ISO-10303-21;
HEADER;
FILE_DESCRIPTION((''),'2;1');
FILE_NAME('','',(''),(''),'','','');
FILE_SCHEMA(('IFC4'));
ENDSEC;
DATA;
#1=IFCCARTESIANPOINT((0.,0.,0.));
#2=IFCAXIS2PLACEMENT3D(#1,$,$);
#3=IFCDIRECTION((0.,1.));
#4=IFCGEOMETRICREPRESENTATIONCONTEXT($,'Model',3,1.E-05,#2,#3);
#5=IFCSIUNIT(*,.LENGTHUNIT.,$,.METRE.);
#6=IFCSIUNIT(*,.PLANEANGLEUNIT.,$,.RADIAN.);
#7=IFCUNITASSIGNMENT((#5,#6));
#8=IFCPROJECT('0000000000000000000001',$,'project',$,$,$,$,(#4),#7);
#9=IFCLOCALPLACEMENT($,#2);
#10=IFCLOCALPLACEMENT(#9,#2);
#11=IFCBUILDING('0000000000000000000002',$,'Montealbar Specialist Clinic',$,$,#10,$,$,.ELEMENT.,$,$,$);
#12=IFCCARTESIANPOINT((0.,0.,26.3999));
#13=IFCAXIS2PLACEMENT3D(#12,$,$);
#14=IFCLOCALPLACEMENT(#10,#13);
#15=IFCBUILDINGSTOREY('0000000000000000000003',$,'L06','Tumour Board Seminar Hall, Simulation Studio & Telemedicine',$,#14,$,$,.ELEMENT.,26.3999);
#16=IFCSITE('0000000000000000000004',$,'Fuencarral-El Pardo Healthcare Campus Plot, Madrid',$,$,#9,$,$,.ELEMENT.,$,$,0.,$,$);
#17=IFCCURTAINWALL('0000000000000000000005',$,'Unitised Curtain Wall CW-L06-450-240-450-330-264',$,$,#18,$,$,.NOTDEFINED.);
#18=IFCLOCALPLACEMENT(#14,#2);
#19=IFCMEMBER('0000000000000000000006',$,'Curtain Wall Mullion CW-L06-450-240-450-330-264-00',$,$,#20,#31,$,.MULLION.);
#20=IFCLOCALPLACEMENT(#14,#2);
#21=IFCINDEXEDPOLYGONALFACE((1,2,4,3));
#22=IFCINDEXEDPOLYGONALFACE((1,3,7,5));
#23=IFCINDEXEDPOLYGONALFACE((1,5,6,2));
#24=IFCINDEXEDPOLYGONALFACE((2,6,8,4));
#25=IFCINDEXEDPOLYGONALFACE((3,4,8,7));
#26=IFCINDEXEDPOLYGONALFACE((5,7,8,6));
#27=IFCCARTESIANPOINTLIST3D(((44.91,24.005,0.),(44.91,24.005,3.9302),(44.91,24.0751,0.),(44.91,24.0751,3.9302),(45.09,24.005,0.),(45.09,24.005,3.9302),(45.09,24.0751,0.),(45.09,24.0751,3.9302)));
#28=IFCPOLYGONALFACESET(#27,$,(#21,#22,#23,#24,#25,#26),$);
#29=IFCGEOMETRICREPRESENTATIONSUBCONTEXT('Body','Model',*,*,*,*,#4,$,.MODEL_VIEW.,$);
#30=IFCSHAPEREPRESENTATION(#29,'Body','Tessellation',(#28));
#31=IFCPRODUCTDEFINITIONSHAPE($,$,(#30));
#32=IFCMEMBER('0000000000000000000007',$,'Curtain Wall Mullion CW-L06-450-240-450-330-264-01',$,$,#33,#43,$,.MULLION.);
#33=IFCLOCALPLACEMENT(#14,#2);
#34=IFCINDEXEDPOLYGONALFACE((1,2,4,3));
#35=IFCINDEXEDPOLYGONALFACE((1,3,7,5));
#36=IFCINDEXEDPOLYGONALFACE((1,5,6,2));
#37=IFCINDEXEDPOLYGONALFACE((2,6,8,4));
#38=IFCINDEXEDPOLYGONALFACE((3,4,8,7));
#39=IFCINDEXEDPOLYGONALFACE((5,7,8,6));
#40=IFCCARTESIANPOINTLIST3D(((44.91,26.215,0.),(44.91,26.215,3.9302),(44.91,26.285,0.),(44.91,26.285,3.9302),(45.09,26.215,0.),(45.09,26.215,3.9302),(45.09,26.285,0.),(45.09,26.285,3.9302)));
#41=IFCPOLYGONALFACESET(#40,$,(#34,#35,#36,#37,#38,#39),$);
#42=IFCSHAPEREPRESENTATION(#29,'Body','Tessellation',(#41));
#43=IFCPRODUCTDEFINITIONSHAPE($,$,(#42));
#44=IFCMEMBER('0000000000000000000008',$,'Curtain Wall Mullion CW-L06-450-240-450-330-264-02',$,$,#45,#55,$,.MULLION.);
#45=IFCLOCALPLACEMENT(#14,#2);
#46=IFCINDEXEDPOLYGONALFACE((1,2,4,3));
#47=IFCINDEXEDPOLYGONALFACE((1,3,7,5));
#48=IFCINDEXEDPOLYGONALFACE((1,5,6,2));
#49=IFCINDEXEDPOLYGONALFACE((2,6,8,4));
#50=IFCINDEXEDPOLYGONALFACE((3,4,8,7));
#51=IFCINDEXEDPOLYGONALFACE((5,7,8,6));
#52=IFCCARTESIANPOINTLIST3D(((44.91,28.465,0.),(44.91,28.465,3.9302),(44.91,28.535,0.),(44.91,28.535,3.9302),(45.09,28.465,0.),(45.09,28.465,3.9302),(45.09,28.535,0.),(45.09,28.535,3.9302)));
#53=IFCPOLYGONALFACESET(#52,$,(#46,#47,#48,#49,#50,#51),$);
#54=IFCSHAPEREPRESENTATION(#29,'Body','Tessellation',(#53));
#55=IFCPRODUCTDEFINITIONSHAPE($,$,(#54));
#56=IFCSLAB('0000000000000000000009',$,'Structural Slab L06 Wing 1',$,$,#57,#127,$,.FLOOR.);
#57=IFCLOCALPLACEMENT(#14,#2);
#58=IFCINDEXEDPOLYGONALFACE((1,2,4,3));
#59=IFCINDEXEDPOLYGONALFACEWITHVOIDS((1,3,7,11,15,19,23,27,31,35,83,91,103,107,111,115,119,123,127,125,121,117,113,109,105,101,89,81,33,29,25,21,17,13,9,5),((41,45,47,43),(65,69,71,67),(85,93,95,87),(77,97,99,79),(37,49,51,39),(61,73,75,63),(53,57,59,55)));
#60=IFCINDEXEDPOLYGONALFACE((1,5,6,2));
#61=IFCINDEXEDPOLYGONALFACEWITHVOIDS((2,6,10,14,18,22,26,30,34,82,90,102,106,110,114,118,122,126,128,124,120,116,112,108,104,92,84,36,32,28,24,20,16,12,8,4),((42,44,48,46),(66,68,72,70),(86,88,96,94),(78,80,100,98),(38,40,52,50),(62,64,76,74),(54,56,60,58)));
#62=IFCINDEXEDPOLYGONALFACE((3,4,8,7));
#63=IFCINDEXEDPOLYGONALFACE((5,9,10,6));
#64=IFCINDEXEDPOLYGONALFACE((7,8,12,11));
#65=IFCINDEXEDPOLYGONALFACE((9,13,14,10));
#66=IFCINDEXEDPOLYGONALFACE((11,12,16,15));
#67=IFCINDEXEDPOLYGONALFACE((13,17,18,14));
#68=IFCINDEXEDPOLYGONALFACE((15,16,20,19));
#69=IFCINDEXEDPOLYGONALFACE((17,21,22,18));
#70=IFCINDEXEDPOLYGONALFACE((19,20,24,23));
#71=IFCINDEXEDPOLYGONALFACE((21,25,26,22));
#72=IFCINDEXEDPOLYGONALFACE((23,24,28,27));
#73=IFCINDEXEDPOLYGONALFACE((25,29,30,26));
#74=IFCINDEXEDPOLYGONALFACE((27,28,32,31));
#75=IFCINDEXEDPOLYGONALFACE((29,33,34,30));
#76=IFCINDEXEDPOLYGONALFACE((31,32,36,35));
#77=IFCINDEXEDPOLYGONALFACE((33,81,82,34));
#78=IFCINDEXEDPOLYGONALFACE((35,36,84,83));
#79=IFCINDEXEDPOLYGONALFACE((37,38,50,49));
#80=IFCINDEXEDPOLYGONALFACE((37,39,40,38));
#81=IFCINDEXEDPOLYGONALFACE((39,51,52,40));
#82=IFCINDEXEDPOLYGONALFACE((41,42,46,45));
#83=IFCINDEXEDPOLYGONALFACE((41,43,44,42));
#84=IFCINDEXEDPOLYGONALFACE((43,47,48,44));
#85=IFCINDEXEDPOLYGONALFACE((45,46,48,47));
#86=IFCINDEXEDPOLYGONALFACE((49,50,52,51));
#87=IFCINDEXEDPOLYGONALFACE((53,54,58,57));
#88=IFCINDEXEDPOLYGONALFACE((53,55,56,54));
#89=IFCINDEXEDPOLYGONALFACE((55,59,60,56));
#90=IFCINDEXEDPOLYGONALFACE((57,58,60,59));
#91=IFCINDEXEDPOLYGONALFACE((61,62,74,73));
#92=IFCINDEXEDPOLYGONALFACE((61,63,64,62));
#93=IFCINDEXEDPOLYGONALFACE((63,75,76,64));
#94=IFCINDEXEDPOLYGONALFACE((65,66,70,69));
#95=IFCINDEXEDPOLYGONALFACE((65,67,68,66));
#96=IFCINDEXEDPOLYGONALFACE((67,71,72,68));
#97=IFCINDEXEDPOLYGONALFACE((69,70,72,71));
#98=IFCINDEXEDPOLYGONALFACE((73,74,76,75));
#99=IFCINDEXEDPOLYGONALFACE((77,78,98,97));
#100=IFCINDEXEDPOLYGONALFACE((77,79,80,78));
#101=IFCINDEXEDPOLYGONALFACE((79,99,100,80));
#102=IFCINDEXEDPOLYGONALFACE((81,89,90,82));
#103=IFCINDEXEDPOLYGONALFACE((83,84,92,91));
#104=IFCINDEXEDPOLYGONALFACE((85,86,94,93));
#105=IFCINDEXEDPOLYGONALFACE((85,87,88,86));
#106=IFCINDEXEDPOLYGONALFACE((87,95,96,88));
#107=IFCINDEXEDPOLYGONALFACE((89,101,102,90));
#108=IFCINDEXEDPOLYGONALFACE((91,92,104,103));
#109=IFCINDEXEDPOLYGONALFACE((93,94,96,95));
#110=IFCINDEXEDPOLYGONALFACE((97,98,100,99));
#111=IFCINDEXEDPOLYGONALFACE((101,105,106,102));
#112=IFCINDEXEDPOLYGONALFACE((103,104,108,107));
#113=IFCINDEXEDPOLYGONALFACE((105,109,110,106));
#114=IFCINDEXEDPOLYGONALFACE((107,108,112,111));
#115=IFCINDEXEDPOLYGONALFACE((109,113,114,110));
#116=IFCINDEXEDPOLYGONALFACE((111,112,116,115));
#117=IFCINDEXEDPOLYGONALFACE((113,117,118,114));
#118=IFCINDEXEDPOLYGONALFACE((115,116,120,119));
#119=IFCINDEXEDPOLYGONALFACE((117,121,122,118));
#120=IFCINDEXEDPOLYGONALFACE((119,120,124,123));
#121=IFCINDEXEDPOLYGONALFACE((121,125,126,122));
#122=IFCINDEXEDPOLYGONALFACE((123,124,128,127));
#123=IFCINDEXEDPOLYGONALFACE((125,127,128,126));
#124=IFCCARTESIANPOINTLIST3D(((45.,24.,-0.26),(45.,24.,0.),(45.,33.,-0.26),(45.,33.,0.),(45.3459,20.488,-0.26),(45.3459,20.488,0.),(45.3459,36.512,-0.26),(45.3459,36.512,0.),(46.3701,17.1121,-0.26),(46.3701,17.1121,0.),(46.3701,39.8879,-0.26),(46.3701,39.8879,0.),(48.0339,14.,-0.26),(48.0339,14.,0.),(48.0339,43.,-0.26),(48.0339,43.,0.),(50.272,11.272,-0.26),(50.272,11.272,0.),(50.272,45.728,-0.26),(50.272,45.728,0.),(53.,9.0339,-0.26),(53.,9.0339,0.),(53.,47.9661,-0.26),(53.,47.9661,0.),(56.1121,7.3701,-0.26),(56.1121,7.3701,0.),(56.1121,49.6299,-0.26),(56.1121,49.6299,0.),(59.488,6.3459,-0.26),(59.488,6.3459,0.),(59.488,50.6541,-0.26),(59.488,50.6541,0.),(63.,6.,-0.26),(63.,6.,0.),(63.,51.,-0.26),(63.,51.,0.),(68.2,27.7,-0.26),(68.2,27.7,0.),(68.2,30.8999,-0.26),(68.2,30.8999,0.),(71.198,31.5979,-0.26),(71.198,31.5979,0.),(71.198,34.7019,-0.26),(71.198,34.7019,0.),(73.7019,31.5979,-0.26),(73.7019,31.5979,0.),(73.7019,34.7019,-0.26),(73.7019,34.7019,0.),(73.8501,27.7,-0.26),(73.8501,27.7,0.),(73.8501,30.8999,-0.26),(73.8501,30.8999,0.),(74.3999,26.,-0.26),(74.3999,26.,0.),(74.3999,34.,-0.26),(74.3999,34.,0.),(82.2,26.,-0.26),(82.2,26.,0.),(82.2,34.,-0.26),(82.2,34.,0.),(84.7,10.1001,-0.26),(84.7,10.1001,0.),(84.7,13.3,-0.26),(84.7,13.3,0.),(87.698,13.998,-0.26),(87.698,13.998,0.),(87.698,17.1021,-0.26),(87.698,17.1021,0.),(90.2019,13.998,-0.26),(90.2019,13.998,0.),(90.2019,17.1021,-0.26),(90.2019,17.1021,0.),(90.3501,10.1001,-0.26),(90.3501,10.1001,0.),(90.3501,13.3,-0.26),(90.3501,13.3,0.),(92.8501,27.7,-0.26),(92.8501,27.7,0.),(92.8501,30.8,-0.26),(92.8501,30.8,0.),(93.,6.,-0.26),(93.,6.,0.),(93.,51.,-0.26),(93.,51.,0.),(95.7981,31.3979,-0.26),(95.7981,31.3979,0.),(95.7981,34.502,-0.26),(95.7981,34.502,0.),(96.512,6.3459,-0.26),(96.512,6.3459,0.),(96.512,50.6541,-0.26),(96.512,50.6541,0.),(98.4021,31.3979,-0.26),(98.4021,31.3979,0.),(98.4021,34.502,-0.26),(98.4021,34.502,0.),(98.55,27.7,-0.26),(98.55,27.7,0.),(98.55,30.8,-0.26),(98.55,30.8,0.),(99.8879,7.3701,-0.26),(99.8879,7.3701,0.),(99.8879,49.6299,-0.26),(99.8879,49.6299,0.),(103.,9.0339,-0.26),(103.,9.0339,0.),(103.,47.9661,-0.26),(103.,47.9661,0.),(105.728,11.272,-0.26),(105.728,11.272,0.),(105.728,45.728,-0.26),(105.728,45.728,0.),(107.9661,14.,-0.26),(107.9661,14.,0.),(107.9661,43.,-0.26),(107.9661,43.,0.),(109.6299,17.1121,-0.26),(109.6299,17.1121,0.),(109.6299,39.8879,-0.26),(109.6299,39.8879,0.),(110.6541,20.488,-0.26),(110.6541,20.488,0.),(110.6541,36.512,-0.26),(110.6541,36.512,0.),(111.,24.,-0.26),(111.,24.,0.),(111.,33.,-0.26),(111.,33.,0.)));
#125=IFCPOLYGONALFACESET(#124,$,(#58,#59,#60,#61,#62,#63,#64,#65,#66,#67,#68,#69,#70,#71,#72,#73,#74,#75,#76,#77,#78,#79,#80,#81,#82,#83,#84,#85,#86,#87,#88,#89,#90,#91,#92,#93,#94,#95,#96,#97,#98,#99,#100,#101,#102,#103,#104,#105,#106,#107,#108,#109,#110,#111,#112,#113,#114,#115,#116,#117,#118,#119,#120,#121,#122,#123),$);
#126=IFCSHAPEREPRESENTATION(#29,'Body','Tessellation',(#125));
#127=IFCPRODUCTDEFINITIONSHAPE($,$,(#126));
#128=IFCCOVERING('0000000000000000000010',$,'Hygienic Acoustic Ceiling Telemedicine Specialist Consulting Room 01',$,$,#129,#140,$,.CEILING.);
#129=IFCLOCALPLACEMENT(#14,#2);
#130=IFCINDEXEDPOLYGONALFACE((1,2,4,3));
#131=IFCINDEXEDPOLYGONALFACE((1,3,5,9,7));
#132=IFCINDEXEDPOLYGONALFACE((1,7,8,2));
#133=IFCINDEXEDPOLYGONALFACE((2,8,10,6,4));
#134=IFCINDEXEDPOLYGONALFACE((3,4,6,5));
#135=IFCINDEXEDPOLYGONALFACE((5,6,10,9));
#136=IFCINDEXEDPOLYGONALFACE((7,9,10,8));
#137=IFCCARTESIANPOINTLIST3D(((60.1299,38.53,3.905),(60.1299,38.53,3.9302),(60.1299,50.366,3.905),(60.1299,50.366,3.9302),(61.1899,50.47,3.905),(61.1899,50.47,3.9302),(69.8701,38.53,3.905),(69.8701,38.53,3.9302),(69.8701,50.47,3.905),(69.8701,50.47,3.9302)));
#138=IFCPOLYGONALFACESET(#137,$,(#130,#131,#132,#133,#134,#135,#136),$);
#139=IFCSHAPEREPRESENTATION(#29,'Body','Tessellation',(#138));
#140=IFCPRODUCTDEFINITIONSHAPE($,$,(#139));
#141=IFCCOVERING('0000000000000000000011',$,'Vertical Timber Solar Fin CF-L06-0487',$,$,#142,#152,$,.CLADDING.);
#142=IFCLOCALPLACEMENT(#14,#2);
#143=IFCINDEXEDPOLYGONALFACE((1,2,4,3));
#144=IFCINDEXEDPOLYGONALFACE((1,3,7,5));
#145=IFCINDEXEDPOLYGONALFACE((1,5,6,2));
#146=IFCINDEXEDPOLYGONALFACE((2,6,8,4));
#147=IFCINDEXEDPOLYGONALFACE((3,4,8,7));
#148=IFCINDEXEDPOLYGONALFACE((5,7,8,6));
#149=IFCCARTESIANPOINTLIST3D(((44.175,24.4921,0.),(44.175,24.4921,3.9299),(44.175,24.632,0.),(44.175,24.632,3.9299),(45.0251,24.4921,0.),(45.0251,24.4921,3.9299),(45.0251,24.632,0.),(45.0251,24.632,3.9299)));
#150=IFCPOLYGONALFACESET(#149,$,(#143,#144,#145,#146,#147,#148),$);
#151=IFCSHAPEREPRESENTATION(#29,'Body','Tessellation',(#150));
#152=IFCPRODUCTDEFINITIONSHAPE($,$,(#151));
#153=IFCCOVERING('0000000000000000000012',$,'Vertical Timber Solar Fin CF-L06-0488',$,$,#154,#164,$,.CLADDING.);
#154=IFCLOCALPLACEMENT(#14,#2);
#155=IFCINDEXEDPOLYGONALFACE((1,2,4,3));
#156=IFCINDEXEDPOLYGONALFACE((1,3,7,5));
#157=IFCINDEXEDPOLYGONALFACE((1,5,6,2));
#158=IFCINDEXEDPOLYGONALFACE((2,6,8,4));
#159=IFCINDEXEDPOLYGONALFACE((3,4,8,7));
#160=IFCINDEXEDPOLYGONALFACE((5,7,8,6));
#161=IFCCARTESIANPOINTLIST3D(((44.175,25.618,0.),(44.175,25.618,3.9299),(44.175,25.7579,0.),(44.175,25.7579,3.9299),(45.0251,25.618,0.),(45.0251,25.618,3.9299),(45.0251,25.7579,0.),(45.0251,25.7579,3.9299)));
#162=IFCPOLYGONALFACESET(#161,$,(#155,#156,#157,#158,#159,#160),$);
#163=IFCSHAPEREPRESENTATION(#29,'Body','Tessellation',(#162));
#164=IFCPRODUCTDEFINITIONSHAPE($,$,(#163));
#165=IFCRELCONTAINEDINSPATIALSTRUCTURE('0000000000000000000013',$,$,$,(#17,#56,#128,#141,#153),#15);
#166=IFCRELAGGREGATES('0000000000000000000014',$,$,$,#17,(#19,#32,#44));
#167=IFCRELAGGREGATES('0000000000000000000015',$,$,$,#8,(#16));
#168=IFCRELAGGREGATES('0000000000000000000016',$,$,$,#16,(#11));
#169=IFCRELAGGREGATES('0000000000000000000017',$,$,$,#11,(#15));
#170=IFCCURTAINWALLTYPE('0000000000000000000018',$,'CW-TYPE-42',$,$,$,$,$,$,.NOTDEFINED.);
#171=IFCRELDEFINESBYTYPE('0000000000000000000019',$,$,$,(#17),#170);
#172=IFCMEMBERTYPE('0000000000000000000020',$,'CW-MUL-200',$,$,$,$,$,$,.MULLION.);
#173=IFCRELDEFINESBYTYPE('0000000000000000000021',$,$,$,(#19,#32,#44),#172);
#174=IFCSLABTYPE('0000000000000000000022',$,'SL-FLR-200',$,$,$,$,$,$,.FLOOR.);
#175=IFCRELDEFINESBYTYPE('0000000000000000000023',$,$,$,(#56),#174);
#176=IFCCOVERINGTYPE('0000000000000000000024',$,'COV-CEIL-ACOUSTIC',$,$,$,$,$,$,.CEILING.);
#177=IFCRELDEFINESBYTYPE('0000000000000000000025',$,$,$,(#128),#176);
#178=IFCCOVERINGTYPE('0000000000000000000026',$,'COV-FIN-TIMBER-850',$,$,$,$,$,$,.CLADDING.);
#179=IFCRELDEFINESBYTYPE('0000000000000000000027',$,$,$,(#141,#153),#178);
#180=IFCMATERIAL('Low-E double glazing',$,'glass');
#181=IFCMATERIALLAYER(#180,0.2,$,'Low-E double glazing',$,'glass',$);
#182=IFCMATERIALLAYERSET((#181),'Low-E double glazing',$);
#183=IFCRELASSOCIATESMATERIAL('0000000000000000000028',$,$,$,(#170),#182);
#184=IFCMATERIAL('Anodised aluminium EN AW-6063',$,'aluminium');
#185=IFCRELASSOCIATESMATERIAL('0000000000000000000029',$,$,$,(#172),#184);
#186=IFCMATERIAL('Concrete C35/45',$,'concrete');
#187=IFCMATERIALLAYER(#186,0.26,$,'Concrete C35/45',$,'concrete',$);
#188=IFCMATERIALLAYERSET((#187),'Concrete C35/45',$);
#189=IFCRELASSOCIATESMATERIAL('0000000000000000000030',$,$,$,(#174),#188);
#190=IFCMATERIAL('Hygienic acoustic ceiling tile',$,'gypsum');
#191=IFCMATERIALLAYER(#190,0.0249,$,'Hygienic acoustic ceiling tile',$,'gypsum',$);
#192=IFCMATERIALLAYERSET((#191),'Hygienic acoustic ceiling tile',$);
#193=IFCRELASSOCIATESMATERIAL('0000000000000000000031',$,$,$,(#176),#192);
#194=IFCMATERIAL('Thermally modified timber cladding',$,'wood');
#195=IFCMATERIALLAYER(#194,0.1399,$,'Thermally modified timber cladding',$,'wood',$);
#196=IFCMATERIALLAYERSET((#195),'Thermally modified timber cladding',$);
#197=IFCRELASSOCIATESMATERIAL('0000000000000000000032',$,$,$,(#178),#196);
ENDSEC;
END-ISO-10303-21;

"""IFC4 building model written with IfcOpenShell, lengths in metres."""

from ifc_helpers import new_model, si_unit, direction, frame, origin, origin_2d, place, context, subcontext, project, spatial, polyline, rectangle, outline, extrude, material, layer, layer_set, material_profile, profile_set, type_object, element, aggregate, save


model = new_model("IFC4")

# Units and contexts
model_context = context("Model", 3, precision=1e-05, world=origin(), true_north=direction((0.0, 1.0)))
body_context = subcontext(model_context, "Body", "Model", "MODEL_VIEW")
ifc_project = project(units=[si_unit("LENGTHUNIT", "METRE"), si_unit("PLANEANGLEUNIT", "RADIAN")], contexts=[model_context])

# Site, building, storey
site_placement = place(None, origin())
site = spatial("IfcSite", under=ifc_project, at=site_placement, Name="Fuencarral-El Pardo Healthcare Campus Plot, Madrid", CompositionType="ELEMENT", RefElevation=0.0)
building_placement = place(site_placement, origin())
building = spatial("IfcBuilding", under=site, at=building_placement, Name="Montealbar Specialist Clinic", CompositionType="ELEMENT")
storey_placement = place(building_placement, frame((0.0, 0.0, 26.3999)))
storey = spatial("IfcBuildingStorey", under=building, at=storey_placement, Name="L06", Description="Tumour Board Seminar Hall, Simulation Studio & Telemedicine", CompositionType="ELEMENT", Elevation=26.3999)

# Curtain wall, members
ifc_material_1 = material(Name="Low-E double glazing", Category="glass")
ifc_layer_1 = layer(ifc_material_1, 0.2, Name="Low-E double glazing", Category="glass")
ifc_layer_set_1 = layer_set([ifc_layer_1], Name="Low-E double glazing")
curtain_wall_type = type_object("IfcCurtainWallType", Name="CW-TYPE-42", PredefinedType="NOTDEFINED", material=ifc_layer_set_1)
curtain_wall_placement = place(storey_placement, origin())
curtain_wall = element("IfcCurtainWall", 1, at=curtain_wall_placement, inside=storey, type_object=curtain_wall_type, Name="Unitised Curtain Wall CW-L06-450-240-450-330-264", PredefinedType="NOTDEFINED")
ifc_material_2 = material(Name="Anodised aluminium EN AW-6063", Category="aluminium")
ifc_material_profile = material_profile(ifc_material_2, rectangle(XDim=0.0701, YDim=0.1799, at=origin_2d()), Name="ALU 70x180", Category="aluminium")
ifc_profile_set = profile_set([ifc_material_profile], Name="Anodised aluminium EN AW-6063")
member_type = type_object("IfcMemberType", Name="CW-MUL-200", PredefinedType="MULLION", material=ifc_profile_set)
member_1_placement = place(storey_placement, frame((45.0, 24.04, 0.0), z_axis=(0.0, 0.0, 1.0), x_axis=(0.0, 1.0, 0.0)))
member_1 = element("IfcMember", 2, at=member_1_placement, type_object=member_type, Name="Curtain Wall Mullion CW-L06-450-240-450-330-264-00", PredefinedType="MULLION", context=body_context, shape_type="SweptSolid", body=[
    extrude(rectangle(XDim=0.0701, YDim=0.1799, at=origin_2d()), origin(), (0.0, 0.0, 1.0), 3.9302),
])
member_2_placement = place(storey_placement, frame((45.0, 26.25, 0.0), z_axis=(0.0, 0.0, 1.0), x_axis=(0.0, 1.0, 0.0)))
member_2 = element("IfcMember", 3, at=member_2_placement, type_object=member_type, Name="Curtain Wall Mullion CW-L06-450-240-450-330-264-01", PredefinedType="MULLION", context=body_context, shape_type="SweptSolid", body=[
    extrude(rectangle(XDim=0.0701, YDim=0.1799, at=origin_2d()), origin(), (0.0, 0.0, 1.0), 3.9302),
])
member_3_placement = place(storey_placement, frame((45.0, 28.5, 0.0), z_axis=(0.0, 0.0, 1.0), x_axis=(0.0, 1.0, 0.0)))
member_3 = element("IfcMember", 4, at=member_3_placement, type_object=member_type, Name="Curtain Wall Mullion CW-L06-450-240-450-330-264-02", PredefinedType="MULLION", context=body_context, shape_type="SweptSolid", body=[
    extrude(rectangle(XDim=0.0701, YDim=0.1799, at=origin_2d()), origin(), (0.0, 0.0, 1.0), 3.9302),
])
aggregate(curtain_wall, [member_1, member_2, member_3])

# Slab, openings
ifc_material_3 = material(Name="Concrete C35/45", Category="concrete")
ifc_layer_2 = layer(ifc_material_3, 0.26, Name="Concrete C35/45", Category="concrete")
ifc_layer_set_2 = layer_set([ifc_layer_2], Name="Concrete C35/45")
slab_type_1 = type_object("IfcSlabType", Name="SL-FLR-200", PredefinedType="FLOOR", material=ifc_layer_set_2)
slab_1_placement = place(storey_placement, frame((0.0, 0.0, -0.26)))
slab_1 = element("IfcSlab", 5, at=slab_1_placement, inside=storey, type_object=slab_type_1, Name="Structural Slab L06 Wing 1", PredefinedType="FLOOR", context=body_context, shape_type="SweptSolid", body=[
    extrude(outline(polyline([(45.0, 33.0), (45.3459, 36.512), (46.3701, 39.8879), (48.0339, 43.0), (50.272, 45.728), (53.0, 47.9661), (56.1121, 49.6299), (59.488, 50.6541), (63.0, 51.0), (93.0, 51.0), (96.512, 50.6541), (99.8879, 49.6299), (103.0, 47.9661), (105.728, 45.728), (107.9661, 43.0), (109.6299, 39.8879), (110.6541, 36.512), (111.0, 33.0), (111.0, 24.0), (110.6541, 20.488), (109.6299, 17.1121), (107.9661, 14.0), (105.728, 11.272), (103.0, 9.0339), (99.8879, 7.3701), (96.512, 6.3459), (93.0, 6.0), (63.0, 6.0), (59.488, 6.3459), (56.1121, 7.3701), (53.0, 9.0339), (50.272, 11.272), (48.0339, 14.0), (46.3701, 17.1121), (45.3459, 20.488), (45.0, 24.0), (45.0, 33.0)]), holes=[polyline([(82.2, 26.0), (82.2, 34.0), (74.3999, 34.0), (74.3999, 26.0), (82.2, 26.0)]), polyline([(84.7, 10.1001), (90.3501, 10.1001), (90.3501, 13.3), (84.7, 13.3), (84.7, 10.1001)]), polyline([(87.698, 17.1021), (87.698, 13.998), (90.2019, 13.998), (90.2019, 17.1021), (87.698, 17.1021)]), polyline([(92.8501, 30.8), (92.8501, 27.7), (98.55, 27.7), (98.55, 30.8), (92.8501, 30.8)]), polyline([(68.2, 27.7), (73.8501, 27.7), (73.8501, 30.8999), (68.2, 30.8999), (68.2, 27.7)]), polyline([(95.7981, 34.502), (95.7981, 31.3979), (98.4021, 31.3979), (98.4021, 34.502), (95.7981, 34.502)]), polyline([(71.198, 34.7019), (71.198, 31.5979), (73.7019, 31.5979), (73.7019, 34.7019), (71.198, 34.7019)])]), origin(), (0.0, 0.0, 1.0), 0.26),
])
opening_1_placement = place(slab_1_placement, frame((71.0249, 29.2998, -0.01)))
element("IfcOpeningElement", 6, at=opening_1_placement, cuts=slab_1, PredefinedType="OPENING", context=body_context, shape_type="SweptSolid", body=[
    extrude(rectangle(XDim=5.6462, YDim=3.196, at=origin_2d()), origin(), (0.0, 0.0, 1.0), 0.28),
])
opening_2_placement = place(slab_1_placement, frame((72.45, 33.1499, -0.01)))
element("IfcOpeningElement", 7, at=opening_2_placement, cuts=slab_1, PredefinedType="OPENING", context=body_context, shape_type="SweptSolid", body=[
    extrude(rectangle(XDim=2.5, YDim=3.1001, at=origin_2d()), origin(), (0.0, 0.0, 1.0), 0.28),
])
opening_3_placement = place(slab_1_placement, frame((87.5249, 11.7002, -0.01)))
element("IfcOpeningElement", 8, at=opening_3_placement, cuts=slab_1, PredefinedType="OPENING", context=body_context, shape_type="SweptSolid", body=[
    extrude(rectangle(XDim=5.6462, YDim=3.196, at=origin_2d()), origin(), (0.0, 0.0, 1.0), 0.28),
])
opening_4_placement = place(slab_1_placement, frame((88.95, 15.55, -0.01)))
element("IfcOpeningElement", 9, at=opening_4_placement, cuts=slab_1, PredefinedType="OPENING", context=body_context, shape_type="SweptSolid", body=[
    extrude(rectangle(XDim=2.5, YDim=3.1001, at=origin_2d()), origin(), (0.0, 0.0, 1.0), 0.28),
])
opening_5_placement = place(slab_1_placement, frame((95.7002, 29.25, -0.01)))
element("IfcOpeningElement", 10, at=opening_5_placement, cuts=slab_1, PredefinedType="OPENING", context=body_context, shape_type="SweptSolid", body=[
    extrude(rectangle(XDim=5.696, YDim=3.0962, at=origin_2d()), origin(), (0.0, 0.0, 1.0), 0.28),
])
opening_6_placement = place(slab_1_placement, frame((97.1001, 32.95, -0.01)))
element("IfcOpeningElement", 11, at=opening_6_placement, cuts=slab_1, PredefinedType="OPENING", context=body_context, shape_type="SweptSolid", body=[
    extrude(rectangle(XDim=2.6001, YDim=3.1001, at=origin_2d()), origin(), (0.0, 0.0, 1.0), 0.28),
])

# Coverings
ifc_material_4 = material(Name="Hygienic acoustic ceiling tile", Category="gypsum")
ifc_layer_3 = layer(ifc_material_4, 0.0249, Name="Hygienic acoustic ceiling tile", Category="gypsum")
ifc_layer_set_3 = layer_set([ifc_layer_3], Name="Hygienic acoustic ceiling tile")
covering_type_1 = type_object("IfcCoveringType", Name="COV-CEIL-ACOUSTIC", PredefinedType="CEILING", material=ifc_layer_set_3)
covering_1_placement = place(storey_placement, frame((0.0, 0.0, 3.905)))
element("IfcCovering", 12, at=covering_1_placement, inside=storey, type_object=covering_type_1, Name="Hygienic Acoustic Ceiling Telemedicine Specialist Consulting Room 01", PredefinedType="CEILING", context=body_context, shape_type="SweptSolid", body=[
    extrude(outline(polyline([(69.8701, 50.47), (69.8701, 38.53), (60.1299, 38.53), (60.1299, 50.366), (61.1899, 50.47), (69.8701, 50.47)])), origin(), (0.0, 0.0, 1.0), 0.0251),
])
ifc_material_5 = material(Name="Thermally modified timber cladding", Category="wood")
ifc_layer_4 = layer(ifc_material_5, 0.1399, Name="Thermally modified timber cladding", Category="wood")
ifc_layer_set_4 = layer_set([ifc_layer_4], Name="Thermally modified timber cladding")
covering_type_2 = type_object("IfcCoveringType", Name="COV-FIN-TIMBER-850", PredefinedType="CLADDING", material=ifc_layer_set_4)
for number, where, z_axis, x_axis, name in (
    (13, (44.6001, 24.562, 0.0), (0.0, 0.0, 1.0), (-1.0, 0.0, 0.0), "Vertical Timber Solar Fin CF-L06-0487"),
    (14, (44.6001, 25.688, 0.0), (0.0, 0.0, 1.0), (-1.0, 0.0, 0.0), "Vertical Timber Solar Fin CF-L06-0488"),
):
    element("IfcCovering", number, at=place(storey_placement, frame(where, z_axis=z_axis, x_axis=x_axis)), inside=storey, type_object=covering_type_2, Name=name, PredefinedType="CLADDING", context=body_context, shape_type="SweptSolid", body=[
        extrude(rectangle(XDim=0.8501, YDim=0.1399, at=origin_2d()), origin(), (0.0, 0.0, 1.0), 3.9299),
    ])

save(model, "model.ifc")
